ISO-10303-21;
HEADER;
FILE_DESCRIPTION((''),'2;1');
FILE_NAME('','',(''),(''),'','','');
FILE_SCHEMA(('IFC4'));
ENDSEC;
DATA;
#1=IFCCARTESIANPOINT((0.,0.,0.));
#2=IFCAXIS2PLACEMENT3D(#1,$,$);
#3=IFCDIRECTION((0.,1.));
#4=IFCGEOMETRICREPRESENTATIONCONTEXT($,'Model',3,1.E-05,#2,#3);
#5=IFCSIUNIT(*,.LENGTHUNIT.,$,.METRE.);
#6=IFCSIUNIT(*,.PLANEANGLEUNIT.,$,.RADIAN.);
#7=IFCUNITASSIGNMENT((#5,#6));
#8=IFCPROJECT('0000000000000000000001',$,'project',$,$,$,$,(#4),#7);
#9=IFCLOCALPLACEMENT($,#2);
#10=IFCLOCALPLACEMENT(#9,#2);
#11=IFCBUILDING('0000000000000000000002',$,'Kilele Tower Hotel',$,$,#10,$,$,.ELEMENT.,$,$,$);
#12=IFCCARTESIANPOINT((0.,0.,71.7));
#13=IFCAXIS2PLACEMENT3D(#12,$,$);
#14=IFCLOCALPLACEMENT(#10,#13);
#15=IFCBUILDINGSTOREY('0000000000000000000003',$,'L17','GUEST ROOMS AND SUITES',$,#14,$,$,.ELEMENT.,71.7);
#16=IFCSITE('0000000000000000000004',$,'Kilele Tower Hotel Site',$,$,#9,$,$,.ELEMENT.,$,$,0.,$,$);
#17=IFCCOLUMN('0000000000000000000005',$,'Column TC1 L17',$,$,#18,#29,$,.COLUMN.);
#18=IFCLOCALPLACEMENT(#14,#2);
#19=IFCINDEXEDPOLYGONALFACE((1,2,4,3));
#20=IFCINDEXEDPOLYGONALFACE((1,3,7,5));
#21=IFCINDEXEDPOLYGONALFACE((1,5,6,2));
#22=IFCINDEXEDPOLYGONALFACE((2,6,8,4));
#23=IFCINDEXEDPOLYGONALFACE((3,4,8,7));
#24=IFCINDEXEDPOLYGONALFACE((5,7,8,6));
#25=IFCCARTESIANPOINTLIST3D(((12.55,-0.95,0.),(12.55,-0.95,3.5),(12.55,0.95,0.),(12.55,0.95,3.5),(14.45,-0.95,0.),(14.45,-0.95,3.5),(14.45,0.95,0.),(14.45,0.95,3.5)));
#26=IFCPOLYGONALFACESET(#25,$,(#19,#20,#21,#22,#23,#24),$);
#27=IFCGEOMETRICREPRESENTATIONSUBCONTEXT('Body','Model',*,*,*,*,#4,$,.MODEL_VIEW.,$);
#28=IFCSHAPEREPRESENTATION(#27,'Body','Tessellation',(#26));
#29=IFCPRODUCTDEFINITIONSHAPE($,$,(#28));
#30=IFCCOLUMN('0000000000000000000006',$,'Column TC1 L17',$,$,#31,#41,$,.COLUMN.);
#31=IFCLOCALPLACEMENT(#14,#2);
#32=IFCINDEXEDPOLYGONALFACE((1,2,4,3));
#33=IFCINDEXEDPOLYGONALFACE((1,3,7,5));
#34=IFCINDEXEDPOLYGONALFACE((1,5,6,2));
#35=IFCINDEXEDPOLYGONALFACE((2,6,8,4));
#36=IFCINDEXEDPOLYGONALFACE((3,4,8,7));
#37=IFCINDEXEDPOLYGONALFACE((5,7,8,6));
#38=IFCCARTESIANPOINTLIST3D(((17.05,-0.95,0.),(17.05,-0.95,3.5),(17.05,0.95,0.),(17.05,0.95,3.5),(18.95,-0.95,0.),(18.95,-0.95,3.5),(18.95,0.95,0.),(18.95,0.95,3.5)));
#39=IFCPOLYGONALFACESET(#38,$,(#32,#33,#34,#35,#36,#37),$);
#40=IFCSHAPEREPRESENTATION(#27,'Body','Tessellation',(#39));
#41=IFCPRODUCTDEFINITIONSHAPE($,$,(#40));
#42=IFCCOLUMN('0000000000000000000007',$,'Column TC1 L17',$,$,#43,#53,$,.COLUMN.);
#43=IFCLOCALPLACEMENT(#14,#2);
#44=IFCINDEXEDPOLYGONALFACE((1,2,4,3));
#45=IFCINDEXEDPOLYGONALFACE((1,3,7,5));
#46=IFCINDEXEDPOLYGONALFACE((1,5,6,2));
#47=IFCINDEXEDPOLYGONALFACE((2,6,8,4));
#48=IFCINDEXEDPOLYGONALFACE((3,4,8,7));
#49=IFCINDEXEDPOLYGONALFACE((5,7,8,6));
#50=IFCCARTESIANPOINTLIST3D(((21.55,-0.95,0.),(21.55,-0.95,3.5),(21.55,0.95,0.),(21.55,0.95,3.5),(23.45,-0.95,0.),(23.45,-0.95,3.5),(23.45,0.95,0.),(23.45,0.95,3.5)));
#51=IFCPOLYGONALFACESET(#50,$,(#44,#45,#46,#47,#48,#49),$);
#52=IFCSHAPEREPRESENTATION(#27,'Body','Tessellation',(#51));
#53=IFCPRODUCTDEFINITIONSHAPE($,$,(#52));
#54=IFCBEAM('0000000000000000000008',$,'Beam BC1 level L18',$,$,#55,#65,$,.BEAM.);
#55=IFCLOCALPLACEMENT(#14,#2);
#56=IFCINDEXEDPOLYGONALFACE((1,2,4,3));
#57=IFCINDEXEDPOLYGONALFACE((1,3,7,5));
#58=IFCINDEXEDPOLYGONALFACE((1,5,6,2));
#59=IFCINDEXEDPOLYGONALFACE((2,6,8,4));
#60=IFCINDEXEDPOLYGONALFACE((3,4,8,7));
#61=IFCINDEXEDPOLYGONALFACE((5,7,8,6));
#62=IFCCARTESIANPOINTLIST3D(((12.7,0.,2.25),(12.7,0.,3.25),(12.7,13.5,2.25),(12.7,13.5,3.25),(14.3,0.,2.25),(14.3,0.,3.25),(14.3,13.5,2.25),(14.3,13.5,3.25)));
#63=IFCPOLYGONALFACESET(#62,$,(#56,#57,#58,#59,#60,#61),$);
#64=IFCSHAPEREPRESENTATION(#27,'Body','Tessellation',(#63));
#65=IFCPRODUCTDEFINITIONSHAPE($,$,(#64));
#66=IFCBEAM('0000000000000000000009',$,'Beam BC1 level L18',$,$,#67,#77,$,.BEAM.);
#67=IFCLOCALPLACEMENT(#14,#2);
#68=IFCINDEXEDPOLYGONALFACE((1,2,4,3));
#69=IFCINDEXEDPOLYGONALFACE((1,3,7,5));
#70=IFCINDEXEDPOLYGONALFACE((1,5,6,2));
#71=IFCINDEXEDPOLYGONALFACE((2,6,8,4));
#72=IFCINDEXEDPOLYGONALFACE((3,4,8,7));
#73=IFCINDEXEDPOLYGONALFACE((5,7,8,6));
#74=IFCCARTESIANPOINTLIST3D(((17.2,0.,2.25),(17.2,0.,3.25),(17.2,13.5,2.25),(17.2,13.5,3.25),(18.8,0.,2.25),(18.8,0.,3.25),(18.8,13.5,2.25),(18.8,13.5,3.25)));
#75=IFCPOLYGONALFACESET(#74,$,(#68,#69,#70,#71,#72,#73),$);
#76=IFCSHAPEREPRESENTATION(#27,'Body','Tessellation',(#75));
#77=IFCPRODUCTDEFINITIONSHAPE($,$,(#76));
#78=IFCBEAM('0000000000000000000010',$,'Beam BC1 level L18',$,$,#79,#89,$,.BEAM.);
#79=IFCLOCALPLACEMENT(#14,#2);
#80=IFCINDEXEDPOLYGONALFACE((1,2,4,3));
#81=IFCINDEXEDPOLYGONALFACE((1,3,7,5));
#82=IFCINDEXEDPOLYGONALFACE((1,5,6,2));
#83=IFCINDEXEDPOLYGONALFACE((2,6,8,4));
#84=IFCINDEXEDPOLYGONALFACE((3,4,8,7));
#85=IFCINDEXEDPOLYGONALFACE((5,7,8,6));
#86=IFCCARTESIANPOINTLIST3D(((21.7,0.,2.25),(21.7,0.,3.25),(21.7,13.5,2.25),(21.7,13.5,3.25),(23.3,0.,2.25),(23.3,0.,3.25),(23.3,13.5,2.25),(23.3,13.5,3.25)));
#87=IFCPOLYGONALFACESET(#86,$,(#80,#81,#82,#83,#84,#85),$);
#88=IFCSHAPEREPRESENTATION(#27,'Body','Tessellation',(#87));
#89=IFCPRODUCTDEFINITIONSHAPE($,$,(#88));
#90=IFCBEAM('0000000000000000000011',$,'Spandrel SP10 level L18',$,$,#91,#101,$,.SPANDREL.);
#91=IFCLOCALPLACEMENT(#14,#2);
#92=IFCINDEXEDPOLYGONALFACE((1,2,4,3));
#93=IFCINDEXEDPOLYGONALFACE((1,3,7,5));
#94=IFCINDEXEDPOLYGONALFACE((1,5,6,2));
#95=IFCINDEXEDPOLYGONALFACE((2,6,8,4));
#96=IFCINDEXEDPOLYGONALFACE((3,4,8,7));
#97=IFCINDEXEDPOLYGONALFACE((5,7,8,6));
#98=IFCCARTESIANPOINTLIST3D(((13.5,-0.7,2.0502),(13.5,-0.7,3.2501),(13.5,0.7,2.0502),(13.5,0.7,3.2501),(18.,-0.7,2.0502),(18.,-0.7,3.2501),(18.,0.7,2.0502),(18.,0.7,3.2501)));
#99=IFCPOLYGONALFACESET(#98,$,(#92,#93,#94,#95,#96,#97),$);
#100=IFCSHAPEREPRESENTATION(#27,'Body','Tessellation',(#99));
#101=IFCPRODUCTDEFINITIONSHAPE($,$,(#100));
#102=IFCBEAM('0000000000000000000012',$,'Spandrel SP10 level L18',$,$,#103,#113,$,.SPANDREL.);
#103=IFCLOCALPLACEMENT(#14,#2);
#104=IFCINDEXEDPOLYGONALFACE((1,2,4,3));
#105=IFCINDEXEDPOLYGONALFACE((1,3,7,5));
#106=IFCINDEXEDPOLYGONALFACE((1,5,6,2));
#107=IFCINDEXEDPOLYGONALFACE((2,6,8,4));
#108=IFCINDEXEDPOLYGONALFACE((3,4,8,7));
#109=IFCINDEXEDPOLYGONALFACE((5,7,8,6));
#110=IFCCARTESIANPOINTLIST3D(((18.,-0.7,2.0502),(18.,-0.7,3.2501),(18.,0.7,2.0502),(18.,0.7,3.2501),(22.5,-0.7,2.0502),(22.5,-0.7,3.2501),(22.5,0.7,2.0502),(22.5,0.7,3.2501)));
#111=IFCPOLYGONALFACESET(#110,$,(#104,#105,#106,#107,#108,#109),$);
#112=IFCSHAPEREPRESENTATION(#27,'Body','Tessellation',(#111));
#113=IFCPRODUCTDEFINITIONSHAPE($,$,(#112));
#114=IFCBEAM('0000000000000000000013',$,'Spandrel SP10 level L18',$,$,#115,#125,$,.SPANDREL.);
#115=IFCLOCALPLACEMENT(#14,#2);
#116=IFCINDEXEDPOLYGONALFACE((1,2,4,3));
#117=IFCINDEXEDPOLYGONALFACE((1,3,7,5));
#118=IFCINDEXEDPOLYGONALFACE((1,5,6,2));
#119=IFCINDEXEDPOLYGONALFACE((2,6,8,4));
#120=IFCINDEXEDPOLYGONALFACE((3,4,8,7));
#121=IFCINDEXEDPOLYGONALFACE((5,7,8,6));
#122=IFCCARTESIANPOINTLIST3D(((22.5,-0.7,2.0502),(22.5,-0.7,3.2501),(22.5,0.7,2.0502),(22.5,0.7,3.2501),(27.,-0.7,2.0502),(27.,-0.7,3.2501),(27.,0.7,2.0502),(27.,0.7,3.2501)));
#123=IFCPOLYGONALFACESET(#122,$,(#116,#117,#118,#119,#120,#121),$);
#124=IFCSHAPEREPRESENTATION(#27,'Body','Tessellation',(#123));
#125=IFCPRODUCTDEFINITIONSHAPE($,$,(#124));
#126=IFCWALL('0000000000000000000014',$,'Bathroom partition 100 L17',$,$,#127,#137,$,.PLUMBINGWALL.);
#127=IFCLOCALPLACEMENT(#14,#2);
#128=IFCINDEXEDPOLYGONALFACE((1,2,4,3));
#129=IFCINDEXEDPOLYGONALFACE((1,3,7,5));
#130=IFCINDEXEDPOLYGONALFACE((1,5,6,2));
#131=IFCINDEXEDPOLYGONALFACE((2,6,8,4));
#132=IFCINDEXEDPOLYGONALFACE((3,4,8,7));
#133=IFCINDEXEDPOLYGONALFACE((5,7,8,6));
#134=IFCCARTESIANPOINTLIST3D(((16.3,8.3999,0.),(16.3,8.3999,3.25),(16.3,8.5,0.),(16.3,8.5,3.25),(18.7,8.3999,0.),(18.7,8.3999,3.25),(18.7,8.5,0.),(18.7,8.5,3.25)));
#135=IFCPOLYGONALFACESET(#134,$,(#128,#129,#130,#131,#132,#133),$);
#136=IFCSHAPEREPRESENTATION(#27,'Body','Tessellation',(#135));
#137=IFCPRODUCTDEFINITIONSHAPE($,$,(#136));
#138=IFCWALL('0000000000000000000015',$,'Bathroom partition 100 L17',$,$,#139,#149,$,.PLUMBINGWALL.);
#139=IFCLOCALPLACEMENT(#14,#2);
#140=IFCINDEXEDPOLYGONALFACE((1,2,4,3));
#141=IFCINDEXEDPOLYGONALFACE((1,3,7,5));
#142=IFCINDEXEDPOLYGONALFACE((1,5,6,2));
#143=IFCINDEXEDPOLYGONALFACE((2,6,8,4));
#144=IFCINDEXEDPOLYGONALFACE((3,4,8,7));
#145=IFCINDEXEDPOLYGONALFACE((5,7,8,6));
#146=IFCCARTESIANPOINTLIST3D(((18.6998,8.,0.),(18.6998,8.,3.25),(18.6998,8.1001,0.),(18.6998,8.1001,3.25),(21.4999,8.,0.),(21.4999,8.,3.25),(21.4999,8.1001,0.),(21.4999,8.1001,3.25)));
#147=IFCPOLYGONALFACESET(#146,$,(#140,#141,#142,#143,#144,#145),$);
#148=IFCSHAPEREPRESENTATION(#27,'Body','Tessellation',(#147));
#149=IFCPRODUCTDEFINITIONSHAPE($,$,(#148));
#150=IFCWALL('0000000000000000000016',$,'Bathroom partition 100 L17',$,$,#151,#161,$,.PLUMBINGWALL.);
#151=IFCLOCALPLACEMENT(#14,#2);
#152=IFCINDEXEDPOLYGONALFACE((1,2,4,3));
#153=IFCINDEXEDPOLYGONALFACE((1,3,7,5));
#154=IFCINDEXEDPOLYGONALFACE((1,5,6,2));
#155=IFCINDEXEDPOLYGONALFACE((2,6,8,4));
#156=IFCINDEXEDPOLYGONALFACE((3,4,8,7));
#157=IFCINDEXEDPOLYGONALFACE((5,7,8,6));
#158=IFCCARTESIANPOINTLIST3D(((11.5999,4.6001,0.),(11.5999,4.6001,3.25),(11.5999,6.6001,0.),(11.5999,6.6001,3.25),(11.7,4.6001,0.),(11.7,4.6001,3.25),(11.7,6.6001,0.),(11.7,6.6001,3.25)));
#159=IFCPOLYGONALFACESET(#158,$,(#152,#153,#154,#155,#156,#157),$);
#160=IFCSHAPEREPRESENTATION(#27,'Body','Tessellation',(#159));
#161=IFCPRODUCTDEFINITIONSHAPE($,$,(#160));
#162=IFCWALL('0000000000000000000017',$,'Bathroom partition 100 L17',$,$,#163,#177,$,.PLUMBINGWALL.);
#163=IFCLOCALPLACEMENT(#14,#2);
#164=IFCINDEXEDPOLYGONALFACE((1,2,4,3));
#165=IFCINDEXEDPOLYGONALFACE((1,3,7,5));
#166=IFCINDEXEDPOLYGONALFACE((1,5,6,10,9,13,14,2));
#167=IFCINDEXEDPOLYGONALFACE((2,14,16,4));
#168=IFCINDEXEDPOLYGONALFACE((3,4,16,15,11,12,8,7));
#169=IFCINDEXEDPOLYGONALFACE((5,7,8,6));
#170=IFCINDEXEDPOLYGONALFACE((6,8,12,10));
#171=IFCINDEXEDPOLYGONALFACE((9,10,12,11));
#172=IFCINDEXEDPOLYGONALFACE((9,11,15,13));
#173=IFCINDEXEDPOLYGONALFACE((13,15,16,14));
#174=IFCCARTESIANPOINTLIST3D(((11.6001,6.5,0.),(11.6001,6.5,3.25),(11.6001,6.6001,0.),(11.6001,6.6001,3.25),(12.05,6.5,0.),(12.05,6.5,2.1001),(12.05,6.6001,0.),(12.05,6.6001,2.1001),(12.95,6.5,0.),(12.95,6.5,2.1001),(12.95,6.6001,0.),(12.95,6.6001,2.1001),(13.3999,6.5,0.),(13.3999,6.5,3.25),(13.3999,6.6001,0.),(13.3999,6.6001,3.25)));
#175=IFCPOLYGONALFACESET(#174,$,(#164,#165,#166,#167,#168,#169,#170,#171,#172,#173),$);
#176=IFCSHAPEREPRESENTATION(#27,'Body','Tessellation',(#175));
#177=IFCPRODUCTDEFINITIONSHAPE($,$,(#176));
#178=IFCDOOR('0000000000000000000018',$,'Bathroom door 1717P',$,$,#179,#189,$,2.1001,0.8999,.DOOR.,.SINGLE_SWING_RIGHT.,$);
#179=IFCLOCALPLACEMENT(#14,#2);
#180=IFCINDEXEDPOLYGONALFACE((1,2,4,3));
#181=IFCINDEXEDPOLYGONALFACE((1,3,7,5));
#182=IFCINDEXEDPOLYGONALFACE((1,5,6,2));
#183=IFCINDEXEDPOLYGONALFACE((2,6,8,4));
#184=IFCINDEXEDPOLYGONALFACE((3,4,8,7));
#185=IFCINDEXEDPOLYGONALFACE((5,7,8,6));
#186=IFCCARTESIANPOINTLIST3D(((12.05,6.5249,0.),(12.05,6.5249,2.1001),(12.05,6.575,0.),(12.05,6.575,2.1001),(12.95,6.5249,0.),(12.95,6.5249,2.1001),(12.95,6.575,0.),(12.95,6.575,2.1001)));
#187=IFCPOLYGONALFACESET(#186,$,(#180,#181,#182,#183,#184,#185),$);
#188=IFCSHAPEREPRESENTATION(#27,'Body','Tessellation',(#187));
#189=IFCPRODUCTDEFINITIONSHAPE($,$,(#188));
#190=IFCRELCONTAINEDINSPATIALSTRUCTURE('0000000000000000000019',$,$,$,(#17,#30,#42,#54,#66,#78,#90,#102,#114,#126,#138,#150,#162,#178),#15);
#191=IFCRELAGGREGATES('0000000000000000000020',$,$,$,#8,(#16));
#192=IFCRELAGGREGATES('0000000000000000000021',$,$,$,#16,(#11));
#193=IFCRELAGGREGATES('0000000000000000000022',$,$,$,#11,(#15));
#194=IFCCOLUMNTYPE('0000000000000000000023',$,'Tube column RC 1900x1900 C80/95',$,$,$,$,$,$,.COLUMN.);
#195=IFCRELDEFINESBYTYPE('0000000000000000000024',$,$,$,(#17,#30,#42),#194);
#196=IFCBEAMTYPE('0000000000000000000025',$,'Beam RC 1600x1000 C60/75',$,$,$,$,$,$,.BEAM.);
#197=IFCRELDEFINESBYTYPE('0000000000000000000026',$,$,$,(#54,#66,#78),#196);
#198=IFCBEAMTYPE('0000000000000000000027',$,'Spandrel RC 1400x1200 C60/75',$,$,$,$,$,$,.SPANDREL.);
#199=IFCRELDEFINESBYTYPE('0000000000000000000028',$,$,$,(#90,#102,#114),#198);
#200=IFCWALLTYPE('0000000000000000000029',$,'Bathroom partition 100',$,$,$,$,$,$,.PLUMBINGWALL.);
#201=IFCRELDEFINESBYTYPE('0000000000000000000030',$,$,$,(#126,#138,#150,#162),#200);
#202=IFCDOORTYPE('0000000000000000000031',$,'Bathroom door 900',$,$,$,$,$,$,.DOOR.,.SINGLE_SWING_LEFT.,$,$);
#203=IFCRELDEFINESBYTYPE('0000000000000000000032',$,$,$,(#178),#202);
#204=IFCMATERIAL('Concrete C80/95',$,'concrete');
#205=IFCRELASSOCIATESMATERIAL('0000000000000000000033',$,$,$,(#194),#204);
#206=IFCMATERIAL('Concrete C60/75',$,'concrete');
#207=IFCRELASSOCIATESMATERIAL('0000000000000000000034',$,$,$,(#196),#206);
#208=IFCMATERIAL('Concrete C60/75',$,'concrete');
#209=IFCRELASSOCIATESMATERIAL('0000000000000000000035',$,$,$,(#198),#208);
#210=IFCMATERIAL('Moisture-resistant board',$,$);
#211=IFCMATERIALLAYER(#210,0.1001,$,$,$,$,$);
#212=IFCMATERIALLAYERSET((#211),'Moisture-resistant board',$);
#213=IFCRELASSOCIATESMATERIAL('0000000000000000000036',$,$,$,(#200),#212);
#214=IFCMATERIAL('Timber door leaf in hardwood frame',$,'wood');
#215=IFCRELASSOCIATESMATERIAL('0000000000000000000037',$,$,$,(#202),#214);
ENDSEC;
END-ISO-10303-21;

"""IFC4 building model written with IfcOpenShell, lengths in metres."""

from ifc_helpers import new_model, si_unit, direction, frame, frame_2d, origin, origin_2d, place, context, subcontext, project, spatial, rectangle, extrude, material, layer, layer_set, material_profile, profile_set, type_object, element, fill, save


model = new_model("IFC4")

# Units and contexts
model_context = context("Model", 3, precision=1e-05, world=origin(), true_north=direction((0.0, 1.0)))
body_context = subcontext(model_context, "Body", "Model", "MODEL_VIEW")
ifc_project = project(units=[si_unit("LENGTHUNIT", "METRE"), si_unit("PLANEANGLEUNIT", "RADIAN")], contexts=[model_context])

# Site, building, storey
site_placement = place(None, origin())
site = spatial("IfcSite", under=ifc_project, at=site_placement, Name="Kilele Tower Hotel Site", CompositionType="ELEMENT", RefElevation=0.0)
building_placement = place(site_placement, origin())
building = spatial("IfcBuilding", under=site, at=building_placement, Name="Kilele Tower Hotel", CompositionType="ELEMENT")
storey_placement = place(building_placement, frame((0.0, 0.0, 71.7)))
storey = spatial("IfcBuildingStorey", under=building, at=storey_placement, Name="L17", Description="GUEST ROOMS AND SUITES", CompositionType="ELEMENT", Elevation=71.7)

# Columns
ifc_material_1 = material(Name="Concrete C80/95", Category="concrete")
ifc_material_profile_1 = material_profile(ifc_material_1, rectangle(XDim=1.8999, YDim=1.8999, at=origin_2d()))
ifc_profile_set_1 = profile_set([ifc_material_profile_1], Name="Concrete C80/95")
column_type = type_object("IfcColumnType", Name="Tube column RC 1900x1900 C80/95", PredefinedType="COLUMN", material=ifc_profile_set_1)
for number, where, z_axis, x_axis, name in (
    (1, (13.5, 0.0, 0.0), (0.0, 0.0, 1.0), (1.0, 0.0, 0.0), "Column TC1 L17"),
    (2, (18.0, 0.0, 0.0), (0.0, 0.0, 1.0), (1.0, 0.0, 0.0), "Column TC1 L17"),
    (3, (22.5, 0.0, 0.0), (0.0, 0.0, 1.0), (1.0, 0.0, 0.0), "Column TC1 L17"),
):
    element("IfcColumn", number, at=place(storey_placement, frame(where, z_axis=z_axis, x_axis=x_axis)), inside=storey, type_object=column_type, Name=name, PredefinedType="COLUMN", context=body_context, shape_type="SweptSolid", body=[
        extrude(rectangle(XDim=1.8999, YDim=1.8999, at=origin_2d()), origin(), (0.0, 0.0, 1.0), 3.5),
    ])

# Beams
ifc_material_2 = material(Name="Concrete C60/75", Category="concrete")
ifc_material_profile_2 = material_profile(ifc_material_2, rectangle(XDim=1.6001, YDim=1.0, at=origin_2d()))
ifc_profile_set_2 = profile_set([ifc_material_profile_2], Name="Concrete C60/75")
beam_type_1 = type_object("IfcBeamType", Name="Beam RC 1600x1000 C60/75", PredefinedType="BEAM", material=ifc_profile_set_2)
for number, where, z_axis, x_axis, name in (
    (4, (13.5, 0.0, 2.75), (0.0, 1.0, 0.0), (-1.0, 0.0, 0.0), "Beam BC1 level L18"),
    (5, (18.0, 0.0, 2.75), (0.0, 1.0, 0.0), (-1.0, 0.0, 0.0), "Beam BC1 level L18"),
    (6, (22.5, 0.0, 2.75), (0.0, 1.0, 0.0), (-1.0, 0.0, 0.0), "Beam BC1 level L18"),
):
    element("IfcBeam", number, at=place(storey_placement, frame(where, z_axis=z_axis, x_axis=x_axis)), inside=storey, type_object=beam_type_1, Name=name, PredefinedType="BEAM", context=body_context, shape_type="SweptSolid", body=[
        extrude(rectangle(XDim=1.6001, YDim=1.0, at=origin_2d()), origin(), (0.0, 0.0, 1.0), 13.5),
    ])
ifc_material_3 = material(Name="Concrete C60/75", Category="concrete")
ifc_material_profile_3 = material_profile(ifc_material_3, rectangle(XDim=1.3999, YDim=1.2, at=origin_2d()))
ifc_profile_set_3 = profile_set([ifc_material_profile_3], Name="Concrete C60/75")
beam_type_2 = type_object("IfcBeamType", Name="Spandrel RC 1400x1200 C60/75", PredefinedType="SPANDREL", material=ifc_profile_set_3)
for number, where, z_axis, x_axis, name in (
    (7, (13.5, 0.0, 2.6501), (1.0, 0.0, 0.0), (0.0, 1.0, 0.0), "Spandrel SP10 level L18"),
    (8, (18.0, 0.0, 2.6501), (1.0, 0.0, 0.0), (0.0, 1.0, 0.0), "Spandrel SP10 level L18"),
    (9, (22.5, 0.0, 2.6501), (1.0, 0.0, 0.0), (0.0, 1.0, 0.0), "Spandrel SP10 level L18"),
):
    element("IfcBeam", number, at=place(storey_placement, frame(where, z_axis=z_axis, x_axis=x_axis)), inside=storey, type_object=beam_type_2, Name=name, PredefinedType="SPANDREL", context=body_context, shape_type="SweptSolid", body=[
        extrude(rectangle(XDim=1.3999, YDim=1.2, at=origin_2d()), origin(), (0.0, 0.0, 1.0), 4.5),
    ])

# Walls
ifc_material_4 = material(Name="Moisture-resistant board")
ifc_layer_1 = layer(ifc_material_4, 0.1001)
ifc_layer_set_1 = layer_set([ifc_layer_1], Name="Moisture-resistant board")
wall_type_1 = type_object("IfcWallType", Name="Bathroom partition 100", PredefinedType="PLUMBINGWALL", material=ifc_layer_set_1)
wall_1_placement = place(storey_placement, frame((16.3, 8.45, 0.0), z_axis=(0.0, 0.0, 1.0), x_axis=(1.0, 0.0, 0.0)))
element("IfcWall", 10, at=wall_1_placement, inside=storey, type_object=wall_type_1, Name="Bathroom partition 100 L17", PredefinedType="PLUMBINGWALL", context=body_context, shape_type="SweptSolid", body=[
    extrude(rectangle(XDim=2.3999, YDim=0.1001, at=frame_2d((1.2, 0.0))), origin(), (0.0, 0.0, 1.0), 3.25),
])
wall_2_placement = place(storey_placement, frame((18.7, 8.05, 0.0), z_axis=(0.0, 0.0, 1.0), x_axis=(1.0, 0.0, 0.0)))
element("IfcWall", 11, at=wall_2_placement, inside=storey, type_object=wall_type_1, Name="Bathroom partition 100 L17", PredefinedType="PLUMBINGWALL", context=body_context, shape_type="SweptSolid", body=[
    extrude(rectangle(XDim=2.8, YDim=0.1001, at=frame_2d((1.3999, 0.0))), origin(), (0.0, 0.0, 1.0), 3.25),
])
wall_3_placement = place(storey_placement, frame((11.6499, 4.6001, 0.0), z_axis=(0.0, 0.0, 1.0), x_axis=(0.0, 1.0, 0.0)))
element("IfcWall", 12, at=wall_3_placement, inside=storey, type_object=wall_type_1, Name="Bathroom partition 100 L17", PredefinedType="PLUMBINGWALL", context=body_context, shape_type="SweptSolid", body=[
    extrude(rectangle(XDim=2.0, YDim=0.1001, at=frame_2d((1.0, 0.0))), origin(), (0.0, 0.0, 1.0), 3.25),
])

# Wall, opening, door
wall_4_placement = place(storey_placement, frame((13.3999, 6.55, 0.0), z_axis=(0.0, 0.0, 1.0), x_axis=(-1.0, 0.0, 0.0)))
wall_4 = element("IfcWall", 13, at=wall_4_placement, inside=storey, type_object=wall_type_1, Name="Bathroom partition 100 L17", PredefinedType="PLUMBINGWALL", context=body_context, shape_type="SweptSolid", body=[
    extrude(rectangle(XDim=1.7998, YDim=0.1001, at=frame_2d((0.8999, 0.0))), origin(), (0.0, 0.0, 1.0), 3.25),
])
opening_1_placement = place(wall_4_placement, frame((1.3499, 0.0, 0.0), z_axis=(0.0, 0.0, 1.0), x_axis=(-1.0, 0.0, 0.0)))
opening_1 = element("IfcOpeningElement", 14, at=opening_1_placement, cuts=wall_4, PredefinedType="OPENING", context=body_context, shape_type="SweptSolid", body=[
    extrude(rectangle(XDim=0.8999, YDim=2.1001, at=frame_2d((0.45, 1.05))), frame((0.0, 0.0601, 0.0), z_axis=(0.0, -1.0, 0.0), x_axis=(1.0, 0.0, 0.0)), (0.0, 0.0, 1.0), 0.1201),
])
ifc_material_5 = material(Name="Timber door leaf in hardwood frame", Category="wood")
door_type_1 = type_object("IfcDoorType", Name="Bathroom door 900", OperationType="SINGLE_SWING_LEFT", PredefinedType="DOOR", material=ifc_material_5)
door_1_placement = place(opening_1_placement, origin())
door_1 = element("IfcDoor", 15, at=door_1_placement, inside=storey, type_object=door_type_1, Name="Bathroom door 1717P", OperationType="SINGLE_SWING_RIGHT", OverallHeight=2.1001, OverallWidth=0.8999, PredefinedType="DOOR", context=body_context, shape_type="SweptSolid", body=[
    extrude(rectangle(XDim=0.8999, YDim=2.1001, at=frame_2d((0.45, 1.05))), frame((0.0, 0.0249, 0.0), z_axis=(0.0, -1.0, 0.0), x_axis=(1.0, 0.0, 0.0)), (0.0, 0.0, 1.0), 0.05),
])
fill(opening_1, door_1)

save(model, "model.ifc")
